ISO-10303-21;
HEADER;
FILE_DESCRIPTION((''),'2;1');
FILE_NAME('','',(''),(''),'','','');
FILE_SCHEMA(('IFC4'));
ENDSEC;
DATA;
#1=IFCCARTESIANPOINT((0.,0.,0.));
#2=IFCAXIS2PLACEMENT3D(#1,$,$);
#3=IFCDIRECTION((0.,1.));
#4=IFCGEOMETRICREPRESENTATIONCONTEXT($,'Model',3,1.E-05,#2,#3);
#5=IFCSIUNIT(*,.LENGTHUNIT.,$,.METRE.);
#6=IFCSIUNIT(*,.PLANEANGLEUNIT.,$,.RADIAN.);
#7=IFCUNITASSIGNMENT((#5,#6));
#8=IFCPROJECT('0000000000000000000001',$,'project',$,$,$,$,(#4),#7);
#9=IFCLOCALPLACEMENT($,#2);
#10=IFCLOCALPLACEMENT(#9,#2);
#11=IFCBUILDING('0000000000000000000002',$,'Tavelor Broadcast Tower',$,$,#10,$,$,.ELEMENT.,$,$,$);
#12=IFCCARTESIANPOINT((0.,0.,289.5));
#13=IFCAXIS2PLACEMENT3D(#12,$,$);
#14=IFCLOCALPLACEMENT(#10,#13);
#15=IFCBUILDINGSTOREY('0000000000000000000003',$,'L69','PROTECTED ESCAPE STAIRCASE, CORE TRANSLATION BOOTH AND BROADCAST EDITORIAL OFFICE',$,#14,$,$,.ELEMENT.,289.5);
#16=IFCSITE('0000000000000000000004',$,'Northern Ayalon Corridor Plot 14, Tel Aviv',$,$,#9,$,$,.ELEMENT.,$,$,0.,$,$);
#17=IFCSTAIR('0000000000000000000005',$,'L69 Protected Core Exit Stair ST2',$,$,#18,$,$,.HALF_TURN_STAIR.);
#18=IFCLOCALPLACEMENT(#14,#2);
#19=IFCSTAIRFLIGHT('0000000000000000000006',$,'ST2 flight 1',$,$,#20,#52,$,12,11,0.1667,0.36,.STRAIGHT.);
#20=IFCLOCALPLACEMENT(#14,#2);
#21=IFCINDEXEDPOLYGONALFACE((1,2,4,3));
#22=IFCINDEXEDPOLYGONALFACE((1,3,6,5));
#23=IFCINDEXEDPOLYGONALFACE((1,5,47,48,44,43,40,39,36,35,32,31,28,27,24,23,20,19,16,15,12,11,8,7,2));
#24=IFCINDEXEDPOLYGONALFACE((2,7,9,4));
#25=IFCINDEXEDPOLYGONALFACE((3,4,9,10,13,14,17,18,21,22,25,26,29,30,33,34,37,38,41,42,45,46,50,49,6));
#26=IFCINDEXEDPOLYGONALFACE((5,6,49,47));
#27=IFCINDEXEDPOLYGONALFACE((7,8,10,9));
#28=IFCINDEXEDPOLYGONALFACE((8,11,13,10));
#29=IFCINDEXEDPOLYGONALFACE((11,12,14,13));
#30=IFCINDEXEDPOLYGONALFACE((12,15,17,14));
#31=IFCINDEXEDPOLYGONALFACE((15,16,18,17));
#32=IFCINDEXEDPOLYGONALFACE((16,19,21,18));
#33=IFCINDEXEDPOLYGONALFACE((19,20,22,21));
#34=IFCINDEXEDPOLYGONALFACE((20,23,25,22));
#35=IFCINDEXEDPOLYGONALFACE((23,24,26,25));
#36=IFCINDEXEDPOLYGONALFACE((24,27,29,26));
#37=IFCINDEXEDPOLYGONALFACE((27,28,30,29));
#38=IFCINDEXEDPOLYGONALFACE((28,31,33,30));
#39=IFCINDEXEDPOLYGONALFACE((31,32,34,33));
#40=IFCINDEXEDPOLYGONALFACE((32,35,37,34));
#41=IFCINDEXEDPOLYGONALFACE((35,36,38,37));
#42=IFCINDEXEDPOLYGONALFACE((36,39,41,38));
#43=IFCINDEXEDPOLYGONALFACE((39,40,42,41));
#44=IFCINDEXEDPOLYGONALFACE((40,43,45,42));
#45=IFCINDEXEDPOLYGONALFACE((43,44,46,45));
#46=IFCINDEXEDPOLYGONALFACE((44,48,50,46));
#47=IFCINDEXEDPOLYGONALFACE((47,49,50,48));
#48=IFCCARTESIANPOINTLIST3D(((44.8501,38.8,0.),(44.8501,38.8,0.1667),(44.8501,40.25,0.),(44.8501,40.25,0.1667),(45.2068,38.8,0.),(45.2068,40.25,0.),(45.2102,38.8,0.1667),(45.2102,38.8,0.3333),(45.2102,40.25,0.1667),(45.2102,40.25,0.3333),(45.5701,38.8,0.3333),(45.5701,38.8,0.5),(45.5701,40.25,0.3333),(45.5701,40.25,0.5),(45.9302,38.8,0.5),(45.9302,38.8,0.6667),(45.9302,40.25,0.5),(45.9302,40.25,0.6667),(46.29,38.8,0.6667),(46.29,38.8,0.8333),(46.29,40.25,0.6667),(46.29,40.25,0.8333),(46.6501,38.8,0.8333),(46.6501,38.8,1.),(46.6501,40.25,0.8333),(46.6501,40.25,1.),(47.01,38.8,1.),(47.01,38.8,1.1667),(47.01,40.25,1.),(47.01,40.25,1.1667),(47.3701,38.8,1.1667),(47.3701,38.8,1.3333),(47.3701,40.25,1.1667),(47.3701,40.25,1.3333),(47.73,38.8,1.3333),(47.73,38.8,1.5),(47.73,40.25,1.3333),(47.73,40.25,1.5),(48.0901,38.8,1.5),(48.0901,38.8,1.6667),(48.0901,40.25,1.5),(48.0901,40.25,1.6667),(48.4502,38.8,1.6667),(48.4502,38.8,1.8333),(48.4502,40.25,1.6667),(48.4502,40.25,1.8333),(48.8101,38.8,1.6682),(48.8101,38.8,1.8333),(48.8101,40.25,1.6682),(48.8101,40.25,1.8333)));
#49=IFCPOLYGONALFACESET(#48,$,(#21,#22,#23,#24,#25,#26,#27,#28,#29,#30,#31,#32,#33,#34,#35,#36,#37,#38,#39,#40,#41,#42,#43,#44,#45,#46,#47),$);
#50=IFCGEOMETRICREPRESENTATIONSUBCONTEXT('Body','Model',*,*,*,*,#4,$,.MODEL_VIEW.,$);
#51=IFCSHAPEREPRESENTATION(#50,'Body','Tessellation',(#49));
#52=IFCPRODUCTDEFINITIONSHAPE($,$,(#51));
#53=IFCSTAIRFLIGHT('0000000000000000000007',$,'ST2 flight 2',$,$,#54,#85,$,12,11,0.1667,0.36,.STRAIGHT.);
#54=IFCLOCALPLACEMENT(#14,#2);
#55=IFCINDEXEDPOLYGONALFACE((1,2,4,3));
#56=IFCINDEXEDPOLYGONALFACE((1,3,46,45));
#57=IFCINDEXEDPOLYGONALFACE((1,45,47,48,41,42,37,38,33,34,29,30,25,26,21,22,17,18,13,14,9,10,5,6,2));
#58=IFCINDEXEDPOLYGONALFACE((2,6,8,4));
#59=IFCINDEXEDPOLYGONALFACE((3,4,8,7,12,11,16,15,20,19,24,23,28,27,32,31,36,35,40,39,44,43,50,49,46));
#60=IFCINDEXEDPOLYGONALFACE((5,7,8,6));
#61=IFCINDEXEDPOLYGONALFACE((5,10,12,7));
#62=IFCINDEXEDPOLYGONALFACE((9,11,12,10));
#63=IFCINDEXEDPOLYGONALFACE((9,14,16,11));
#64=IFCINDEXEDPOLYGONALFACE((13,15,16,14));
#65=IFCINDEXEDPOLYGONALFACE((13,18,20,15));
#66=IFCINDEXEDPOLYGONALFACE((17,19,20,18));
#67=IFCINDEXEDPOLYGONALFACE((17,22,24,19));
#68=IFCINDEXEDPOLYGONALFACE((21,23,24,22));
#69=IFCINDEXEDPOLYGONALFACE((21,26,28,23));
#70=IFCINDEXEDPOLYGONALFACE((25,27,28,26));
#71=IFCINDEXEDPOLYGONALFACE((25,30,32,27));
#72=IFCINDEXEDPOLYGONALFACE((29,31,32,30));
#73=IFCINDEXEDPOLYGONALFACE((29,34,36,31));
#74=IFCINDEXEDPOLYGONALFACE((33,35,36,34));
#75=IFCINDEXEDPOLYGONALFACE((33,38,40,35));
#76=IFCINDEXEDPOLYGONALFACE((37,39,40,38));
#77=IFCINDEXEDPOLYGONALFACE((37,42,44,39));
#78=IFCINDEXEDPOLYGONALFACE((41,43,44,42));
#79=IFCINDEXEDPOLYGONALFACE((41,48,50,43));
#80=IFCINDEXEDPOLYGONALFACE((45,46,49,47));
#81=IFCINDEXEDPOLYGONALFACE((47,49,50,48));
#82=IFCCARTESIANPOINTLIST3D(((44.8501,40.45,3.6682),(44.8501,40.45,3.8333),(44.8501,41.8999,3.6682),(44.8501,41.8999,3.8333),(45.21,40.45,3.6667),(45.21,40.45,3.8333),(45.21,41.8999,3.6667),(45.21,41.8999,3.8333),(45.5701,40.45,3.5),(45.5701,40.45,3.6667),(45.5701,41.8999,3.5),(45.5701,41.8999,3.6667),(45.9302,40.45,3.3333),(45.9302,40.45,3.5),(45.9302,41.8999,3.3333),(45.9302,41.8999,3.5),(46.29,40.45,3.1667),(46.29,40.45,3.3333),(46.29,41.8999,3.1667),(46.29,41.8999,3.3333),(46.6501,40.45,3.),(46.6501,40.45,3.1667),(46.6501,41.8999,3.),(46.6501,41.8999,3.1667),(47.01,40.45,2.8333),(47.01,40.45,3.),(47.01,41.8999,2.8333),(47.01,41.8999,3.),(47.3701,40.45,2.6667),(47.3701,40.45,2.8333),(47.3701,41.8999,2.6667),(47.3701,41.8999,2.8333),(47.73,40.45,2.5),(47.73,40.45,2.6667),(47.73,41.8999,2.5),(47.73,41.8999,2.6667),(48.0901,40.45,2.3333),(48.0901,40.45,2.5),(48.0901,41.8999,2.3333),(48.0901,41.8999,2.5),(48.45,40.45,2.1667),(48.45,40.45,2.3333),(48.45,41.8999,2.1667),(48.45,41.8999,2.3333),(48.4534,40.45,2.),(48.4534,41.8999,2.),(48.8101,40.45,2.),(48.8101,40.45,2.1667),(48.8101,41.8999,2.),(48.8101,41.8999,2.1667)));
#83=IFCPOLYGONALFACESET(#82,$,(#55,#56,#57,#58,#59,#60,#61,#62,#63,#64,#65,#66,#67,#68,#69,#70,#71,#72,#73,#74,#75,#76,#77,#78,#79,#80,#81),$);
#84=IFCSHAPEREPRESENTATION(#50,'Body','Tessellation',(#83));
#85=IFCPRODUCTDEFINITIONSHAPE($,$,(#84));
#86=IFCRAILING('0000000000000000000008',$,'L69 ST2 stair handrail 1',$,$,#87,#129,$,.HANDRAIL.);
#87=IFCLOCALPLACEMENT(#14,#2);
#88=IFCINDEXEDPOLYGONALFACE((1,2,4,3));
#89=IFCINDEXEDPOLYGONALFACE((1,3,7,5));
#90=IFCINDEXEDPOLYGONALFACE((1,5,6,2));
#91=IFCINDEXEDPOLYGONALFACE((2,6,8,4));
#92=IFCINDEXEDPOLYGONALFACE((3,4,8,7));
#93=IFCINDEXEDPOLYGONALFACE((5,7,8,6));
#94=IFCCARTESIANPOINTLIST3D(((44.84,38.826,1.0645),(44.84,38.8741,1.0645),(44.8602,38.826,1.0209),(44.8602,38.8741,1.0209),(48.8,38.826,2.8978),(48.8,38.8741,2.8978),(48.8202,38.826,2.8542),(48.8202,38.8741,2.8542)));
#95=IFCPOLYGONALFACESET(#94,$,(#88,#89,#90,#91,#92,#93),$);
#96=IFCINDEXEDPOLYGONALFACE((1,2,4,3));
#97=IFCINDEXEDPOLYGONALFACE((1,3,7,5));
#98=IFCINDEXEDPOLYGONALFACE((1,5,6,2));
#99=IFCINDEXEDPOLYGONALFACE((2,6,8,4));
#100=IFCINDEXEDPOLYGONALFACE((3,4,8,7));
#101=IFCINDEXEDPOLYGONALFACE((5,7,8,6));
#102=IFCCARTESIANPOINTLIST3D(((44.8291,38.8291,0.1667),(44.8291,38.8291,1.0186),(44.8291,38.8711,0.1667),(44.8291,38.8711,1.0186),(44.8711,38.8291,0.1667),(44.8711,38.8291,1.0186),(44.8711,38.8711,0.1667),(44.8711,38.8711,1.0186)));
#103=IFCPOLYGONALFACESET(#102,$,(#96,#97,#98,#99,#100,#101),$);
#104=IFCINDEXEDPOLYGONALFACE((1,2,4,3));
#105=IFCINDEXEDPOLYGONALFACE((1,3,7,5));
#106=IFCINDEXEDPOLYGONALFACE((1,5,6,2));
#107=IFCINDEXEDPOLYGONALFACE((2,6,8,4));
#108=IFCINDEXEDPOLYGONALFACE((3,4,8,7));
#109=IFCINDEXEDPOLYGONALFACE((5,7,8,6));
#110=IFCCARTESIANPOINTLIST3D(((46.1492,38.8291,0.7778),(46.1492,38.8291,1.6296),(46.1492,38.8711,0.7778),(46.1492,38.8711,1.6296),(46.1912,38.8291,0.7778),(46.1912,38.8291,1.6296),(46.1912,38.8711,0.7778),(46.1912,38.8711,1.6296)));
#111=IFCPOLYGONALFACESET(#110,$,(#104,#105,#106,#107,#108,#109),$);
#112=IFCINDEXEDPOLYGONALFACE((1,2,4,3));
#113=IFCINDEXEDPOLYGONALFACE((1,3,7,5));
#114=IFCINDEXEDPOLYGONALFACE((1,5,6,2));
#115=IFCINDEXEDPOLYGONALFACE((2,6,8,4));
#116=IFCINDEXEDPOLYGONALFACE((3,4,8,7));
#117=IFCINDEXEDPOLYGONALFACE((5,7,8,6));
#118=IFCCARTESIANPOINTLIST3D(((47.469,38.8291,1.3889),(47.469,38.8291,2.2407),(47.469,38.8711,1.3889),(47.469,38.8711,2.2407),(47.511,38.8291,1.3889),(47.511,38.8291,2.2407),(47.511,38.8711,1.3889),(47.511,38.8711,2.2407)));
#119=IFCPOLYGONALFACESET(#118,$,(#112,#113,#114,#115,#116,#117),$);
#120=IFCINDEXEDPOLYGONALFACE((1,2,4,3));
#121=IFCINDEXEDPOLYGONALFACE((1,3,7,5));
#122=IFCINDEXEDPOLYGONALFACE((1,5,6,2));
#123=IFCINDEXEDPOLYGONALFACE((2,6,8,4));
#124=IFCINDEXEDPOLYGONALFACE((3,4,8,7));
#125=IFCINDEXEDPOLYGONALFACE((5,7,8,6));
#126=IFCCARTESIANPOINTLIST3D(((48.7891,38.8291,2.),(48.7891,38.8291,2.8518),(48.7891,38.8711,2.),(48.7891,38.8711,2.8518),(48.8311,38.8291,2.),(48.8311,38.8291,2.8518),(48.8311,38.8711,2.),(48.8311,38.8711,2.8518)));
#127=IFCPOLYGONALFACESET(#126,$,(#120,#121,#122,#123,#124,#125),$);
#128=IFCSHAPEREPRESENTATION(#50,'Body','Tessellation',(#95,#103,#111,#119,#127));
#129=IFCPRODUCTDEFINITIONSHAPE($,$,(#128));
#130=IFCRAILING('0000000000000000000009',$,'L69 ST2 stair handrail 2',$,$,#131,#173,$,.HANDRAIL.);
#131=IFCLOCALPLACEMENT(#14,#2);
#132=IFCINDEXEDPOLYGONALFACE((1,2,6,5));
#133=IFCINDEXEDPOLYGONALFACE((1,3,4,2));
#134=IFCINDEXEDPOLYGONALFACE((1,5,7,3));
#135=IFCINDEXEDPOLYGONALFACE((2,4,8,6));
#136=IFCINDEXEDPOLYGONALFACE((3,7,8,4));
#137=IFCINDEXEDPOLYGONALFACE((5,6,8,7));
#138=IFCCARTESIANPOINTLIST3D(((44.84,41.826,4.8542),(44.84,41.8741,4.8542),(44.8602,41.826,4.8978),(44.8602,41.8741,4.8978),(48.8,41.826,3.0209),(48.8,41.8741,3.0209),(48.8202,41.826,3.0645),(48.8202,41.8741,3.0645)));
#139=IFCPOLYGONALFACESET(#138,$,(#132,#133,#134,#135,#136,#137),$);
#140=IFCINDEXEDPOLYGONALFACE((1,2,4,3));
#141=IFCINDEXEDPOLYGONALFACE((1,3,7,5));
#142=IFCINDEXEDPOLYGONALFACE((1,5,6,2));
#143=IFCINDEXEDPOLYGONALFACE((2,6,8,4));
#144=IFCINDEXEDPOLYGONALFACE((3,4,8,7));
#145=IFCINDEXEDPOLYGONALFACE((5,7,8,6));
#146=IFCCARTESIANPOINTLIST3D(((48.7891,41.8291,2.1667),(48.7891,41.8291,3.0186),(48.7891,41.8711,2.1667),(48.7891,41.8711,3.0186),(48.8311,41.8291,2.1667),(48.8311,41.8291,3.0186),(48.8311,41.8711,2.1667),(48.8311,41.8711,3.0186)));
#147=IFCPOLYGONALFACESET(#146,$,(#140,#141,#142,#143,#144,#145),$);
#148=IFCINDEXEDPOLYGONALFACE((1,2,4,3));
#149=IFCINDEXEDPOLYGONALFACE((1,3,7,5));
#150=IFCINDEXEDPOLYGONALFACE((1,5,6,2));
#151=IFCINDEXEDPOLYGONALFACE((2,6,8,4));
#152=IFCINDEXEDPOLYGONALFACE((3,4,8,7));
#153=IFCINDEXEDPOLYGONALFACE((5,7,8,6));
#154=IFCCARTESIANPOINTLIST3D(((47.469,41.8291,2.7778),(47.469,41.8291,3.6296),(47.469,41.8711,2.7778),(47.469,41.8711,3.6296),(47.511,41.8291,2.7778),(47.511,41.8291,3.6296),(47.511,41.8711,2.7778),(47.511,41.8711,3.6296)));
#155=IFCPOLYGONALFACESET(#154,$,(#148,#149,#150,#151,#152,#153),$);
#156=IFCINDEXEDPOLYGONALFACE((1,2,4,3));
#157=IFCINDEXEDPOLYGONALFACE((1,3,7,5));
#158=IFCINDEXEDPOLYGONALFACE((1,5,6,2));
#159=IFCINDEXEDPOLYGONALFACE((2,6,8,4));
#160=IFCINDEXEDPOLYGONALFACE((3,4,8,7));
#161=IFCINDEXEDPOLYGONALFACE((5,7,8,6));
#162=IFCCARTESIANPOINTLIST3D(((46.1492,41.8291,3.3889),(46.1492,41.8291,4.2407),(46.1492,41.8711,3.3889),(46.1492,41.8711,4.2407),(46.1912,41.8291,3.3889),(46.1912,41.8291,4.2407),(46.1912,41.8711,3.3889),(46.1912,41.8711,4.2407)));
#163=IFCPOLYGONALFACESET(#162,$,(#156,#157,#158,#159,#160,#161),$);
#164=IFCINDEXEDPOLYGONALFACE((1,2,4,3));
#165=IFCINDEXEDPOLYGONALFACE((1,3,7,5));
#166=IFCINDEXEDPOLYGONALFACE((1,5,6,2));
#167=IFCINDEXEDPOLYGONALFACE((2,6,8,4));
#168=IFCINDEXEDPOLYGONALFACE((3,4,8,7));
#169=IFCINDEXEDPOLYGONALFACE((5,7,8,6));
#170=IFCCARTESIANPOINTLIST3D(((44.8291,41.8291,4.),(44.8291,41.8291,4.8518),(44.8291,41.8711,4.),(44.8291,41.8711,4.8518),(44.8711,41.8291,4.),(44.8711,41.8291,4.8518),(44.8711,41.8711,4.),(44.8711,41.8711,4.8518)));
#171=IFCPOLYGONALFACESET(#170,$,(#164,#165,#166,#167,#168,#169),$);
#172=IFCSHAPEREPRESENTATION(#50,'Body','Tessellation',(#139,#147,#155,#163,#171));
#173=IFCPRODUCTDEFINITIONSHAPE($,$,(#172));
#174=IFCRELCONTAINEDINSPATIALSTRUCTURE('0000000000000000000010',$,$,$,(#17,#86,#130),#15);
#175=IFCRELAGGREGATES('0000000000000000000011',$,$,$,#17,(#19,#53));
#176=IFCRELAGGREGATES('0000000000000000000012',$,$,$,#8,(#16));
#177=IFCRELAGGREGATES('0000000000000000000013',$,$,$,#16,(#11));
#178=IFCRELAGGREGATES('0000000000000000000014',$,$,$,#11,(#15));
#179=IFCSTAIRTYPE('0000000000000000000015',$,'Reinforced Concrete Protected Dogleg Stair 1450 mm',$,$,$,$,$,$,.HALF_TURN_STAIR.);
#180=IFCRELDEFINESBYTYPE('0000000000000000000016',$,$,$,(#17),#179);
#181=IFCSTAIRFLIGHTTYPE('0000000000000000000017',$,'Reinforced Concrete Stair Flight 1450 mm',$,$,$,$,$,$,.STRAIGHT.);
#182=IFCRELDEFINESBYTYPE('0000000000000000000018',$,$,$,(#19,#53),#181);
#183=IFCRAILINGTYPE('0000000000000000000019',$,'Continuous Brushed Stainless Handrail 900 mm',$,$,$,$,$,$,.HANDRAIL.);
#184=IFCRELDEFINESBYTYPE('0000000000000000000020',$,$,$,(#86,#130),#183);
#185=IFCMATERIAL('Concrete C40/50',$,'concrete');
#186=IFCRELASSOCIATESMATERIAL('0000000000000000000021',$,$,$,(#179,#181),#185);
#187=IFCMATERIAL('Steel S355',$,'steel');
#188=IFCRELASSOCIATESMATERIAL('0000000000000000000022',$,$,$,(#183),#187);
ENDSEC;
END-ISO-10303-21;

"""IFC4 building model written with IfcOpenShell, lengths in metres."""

from ifc_helpers import new_model, si_unit, direction, frame, origin, origin_2d, place, context, subcontext, project, spatial, polyline, rectangle, outline, extrude, material, type_object, element, aggregate, save


model = new_model("IFC4")

# Units and contexts
model_context = context("Model", 3, precision=1e-05, world=origin(), true_north=direction((0.0, 1.0)))
body_context = subcontext(model_context, "Body", "Model", "MODEL_VIEW")
ifc_project = project(units=[si_unit("LENGTHUNIT", "METRE"), si_unit("PLANEANGLEUNIT", "RADIAN")], contexts=[model_context])

# Site, building, storey
site_placement = place(None, origin())
site = spatial("IfcSite", under=ifc_project, at=site_placement, Name="Northern Ayalon Corridor Plot 14, Tel Aviv", CompositionType="ELEMENT", RefElevation=0.0)
building_placement = place(site_placement, origin())
building = spatial("IfcBuilding", under=site, at=building_placement, Name="Tavelor Broadcast Tower", CompositionType="ELEMENT")
storey_placement = place(building_placement, frame((0.0, 0.0, 289.5)))
storey = spatial("IfcBuildingStorey", under=building, at=storey_placement, Name="L69", Description="PROTECTED ESCAPE STAIRCASE, CORE TRANSLATION BOOTH AND BROADCAST EDITORIAL OFFICE", CompositionType="ELEMENT", Elevation=289.5)

# Shared definitions
ifc_material_1 = material(Name="Concrete C40/50", Category="concrete")
ifc_material_2 = material(Name="Steel S355", Category="steel")

# Stair, stair flights
stair_type = type_object("IfcStairType", Name="Reinforced Concrete Protected Dogleg Stair 1450 mm", PredefinedType="HALF_TURN_STAIR", material=ifc_material_1)
stair_placement = place(storey_placement, origin())
stair = element("IfcStair", 1, at=stair_placement, inside=storey, type_object=stair_type, Name="L69 Protected Core Exit Stair ST2", PredefinedType="HALF_TURN_STAIR")
stair_flight_type = type_object("IfcStairFlightType", Name="Reinforced Concrete Stair Flight 1450 mm", PredefinedType="STRAIGHT", material=ifc_material_1)
stair_flight_1_placement = place(storey_placement, frame((44.8501, 39.5249, 0.0), z_axis=(0.0, 0.0, 1.0), x_axis=(1.0, 0.0, 0.0)))
stair_flight_1 = element("IfcStairFlight", 2, at=stair_flight_1_placement, type_object=stair_flight_type, Name="ST2 flight 1", NumberOfRisers=12, NumberOfTreads=11, PredefinedType="STRAIGHT", RiserHeight=0.1667, TreadLength=0.36, context=body_context, shape_type="SweptSolid", body=[
    extrude(outline(polyline([(0.0, 0.0), (0.0, 0.1667), (0.3601, 0.1667), (0.3601, 0.3333), (0.72, 0.3333), (0.72, 0.5), (1.0801, 0.5), (1.0801, 0.6667), (1.4399, 0.6667), (1.4399, 0.8333), (1.8, 0.8333), (1.8, 1.0), (2.1599, 1.0), (2.1599, 1.1667), (2.52, 1.1667), (2.52, 1.3333), (2.8799, 1.3333), (2.8799, 1.5), (3.24, 1.5), (3.24, 1.6667), (3.6001, 1.6667), (3.6001, 1.8333), (3.96, 1.8333), (3.96, 2.0), (3.96, 1.6682), (0.3567, 0.0), (0.0, 0.0)])), frame((0.0, 0.7251, 0.0), z_axis=(0.0, -1.0, 0.0), x_axis=(1.0, 0.0, 0.0)), (0.0, 0.0, 1.0), 1.45),
])
stair_flight_2_placement = place(storey_placement, frame((48.8101, 41.175, 2.0), z_axis=(0.0, 0.0, 1.0), x_axis=(-1.0, 0.0, 0.0)))
stair_flight_2 = element("IfcStairFlight", 3, at=stair_flight_2_placement, type_object=stair_flight_type, Name="ST2 flight 2", NumberOfRisers=12, NumberOfTreads=11, PredefinedType="STRAIGHT", RiserHeight=0.1667, TreadLength=0.36, context=body_context, shape_type="SweptSolid", body=[
    extrude(outline(polyline([(0.0, 0.0), (0.0, 0.1667), (0.3601, 0.1667), (0.3601, 0.3333), (0.72, 0.3333), (0.72, 0.5), (1.0801, 0.5), (1.0801, 0.6667), (1.4399, 0.6667), (1.4399, 0.8333), (1.8, 0.8333), (1.8, 1.0), (2.1599, 1.0), (2.1599, 1.1667), (2.52, 1.1667), (2.52, 1.3333), (2.8799, 1.3333), (2.8799, 1.5), (3.24, 1.5), (3.24, 1.6667), (3.6001, 1.6667), (3.6001, 1.8333), (3.96, 1.8333), (3.96, 2.0), (3.96, 1.6682), (0.3567, 0.0), (0.0, 0.0)])), frame((0.0, 0.7251, 0.0), z_axis=(0.0, -1.0, 0.0), x_axis=(1.0, 0.0, 0.0)), (0.0, 0.0, 1.0), 1.45),
])
aggregate(stair, [stair_flight_1, stair_flight_2])

# Railings
railing_type_1 = type_object("IfcRailingType", Name="Continuous Brushed Stainless Handrail 900 mm", PredefinedType="HANDRAIL", material=ifc_material_2)
railing_1_placement = place(storey_placement, frame((44.8501, 38.8501, 0.1667)))
element("IfcRailing", 4, at=railing_1_placement, inside=storey, type_object=railing_type_1, Name="L69 ST2 stair handrail 1", PredefinedType="HANDRAIL", context=body_context, shape_type="SweptSolid", body=[
    extrude(rectangle(XDim=0.0481, YDim=0.0481, at=origin_2d()), frame((0.0, 0.0, 0.876), z_axis=(0.907472, 0.0, 0.420112), x_axis=(0.0, 1.0, 0.0)), (0.0, 0.0, 1.0), 4.3638),
    extrude(rectangle(XDim=0.042, YDim=0.042, at=origin_2d()), origin(), (0.0, 0.0, 1.0), 0.8518),
    extrude(rectangle(XDim=0.042, YDim=0.042, at=origin_2d()), frame((1.3201, 0.0, 0.6111)), (0.0, 0.0, 1.0), 0.8518),
    extrude(rectangle(XDim=0.042, YDim=0.042, at=origin_2d()), frame((2.6399, 0.0, 1.2222)), (0.0, 0.0, 1.0), 0.8518),
    extrude(rectangle(XDim=0.042, YDim=0.042, at=origin_2d()), frame((3.96, 0.0, 1.8333)), (0.0, 0.0, 1.0), 0.8518),
])
railing_2_placement = place(storey_placement, frame((48.8101, 41.8501, 2.1667)))
element("IfcRailing", 5, at=railing_2_placement, inside=storey, type_object=railing_type_1, Name="L69 ST2 stair handrail 2", PredefinedType="HANDRAIL", context=body_context, shape_type="SweptSolid", body=[
    extrude(rectangle(XDim=0.0481, YDim=0.0481, at=origin_2d()), frame((0.0, 0.0, 0.876), z_axis=(-0.907472, 0.0, 0.420112), x_axis=(0.0, -1.0, 0.0)), (0.0, 0.0, 1.0), 4.3638),
    extrude(rectangle(XDim=0.042, YDim=0.042, at=origin_2d()), origin(), (0.0, 0.0, 1.0), 0.8518),
    extrude(rectangle(XDim=0.042, YDim=0.042, at=origin_2d()), frame((-1.3201, 0.0, 0.6111)), (0.0, 0.0, 1.0), 0.8518),
    extrude(rectangle(XDim=0.042, YDim=0.042, at=origin_2d()), frame((-2.6399, 0.0, 1.2222)), (0.0, 0.0, 1.0), 0.8518),
    extrude(rectangle(XDim=0.042, YDim=0.042, at=origin_2d()), frame((-3.96, 0.0, 1.8333)), (0.0, 0.0, 1.0), 0.8518),
])

save(model, "model.ifc")
